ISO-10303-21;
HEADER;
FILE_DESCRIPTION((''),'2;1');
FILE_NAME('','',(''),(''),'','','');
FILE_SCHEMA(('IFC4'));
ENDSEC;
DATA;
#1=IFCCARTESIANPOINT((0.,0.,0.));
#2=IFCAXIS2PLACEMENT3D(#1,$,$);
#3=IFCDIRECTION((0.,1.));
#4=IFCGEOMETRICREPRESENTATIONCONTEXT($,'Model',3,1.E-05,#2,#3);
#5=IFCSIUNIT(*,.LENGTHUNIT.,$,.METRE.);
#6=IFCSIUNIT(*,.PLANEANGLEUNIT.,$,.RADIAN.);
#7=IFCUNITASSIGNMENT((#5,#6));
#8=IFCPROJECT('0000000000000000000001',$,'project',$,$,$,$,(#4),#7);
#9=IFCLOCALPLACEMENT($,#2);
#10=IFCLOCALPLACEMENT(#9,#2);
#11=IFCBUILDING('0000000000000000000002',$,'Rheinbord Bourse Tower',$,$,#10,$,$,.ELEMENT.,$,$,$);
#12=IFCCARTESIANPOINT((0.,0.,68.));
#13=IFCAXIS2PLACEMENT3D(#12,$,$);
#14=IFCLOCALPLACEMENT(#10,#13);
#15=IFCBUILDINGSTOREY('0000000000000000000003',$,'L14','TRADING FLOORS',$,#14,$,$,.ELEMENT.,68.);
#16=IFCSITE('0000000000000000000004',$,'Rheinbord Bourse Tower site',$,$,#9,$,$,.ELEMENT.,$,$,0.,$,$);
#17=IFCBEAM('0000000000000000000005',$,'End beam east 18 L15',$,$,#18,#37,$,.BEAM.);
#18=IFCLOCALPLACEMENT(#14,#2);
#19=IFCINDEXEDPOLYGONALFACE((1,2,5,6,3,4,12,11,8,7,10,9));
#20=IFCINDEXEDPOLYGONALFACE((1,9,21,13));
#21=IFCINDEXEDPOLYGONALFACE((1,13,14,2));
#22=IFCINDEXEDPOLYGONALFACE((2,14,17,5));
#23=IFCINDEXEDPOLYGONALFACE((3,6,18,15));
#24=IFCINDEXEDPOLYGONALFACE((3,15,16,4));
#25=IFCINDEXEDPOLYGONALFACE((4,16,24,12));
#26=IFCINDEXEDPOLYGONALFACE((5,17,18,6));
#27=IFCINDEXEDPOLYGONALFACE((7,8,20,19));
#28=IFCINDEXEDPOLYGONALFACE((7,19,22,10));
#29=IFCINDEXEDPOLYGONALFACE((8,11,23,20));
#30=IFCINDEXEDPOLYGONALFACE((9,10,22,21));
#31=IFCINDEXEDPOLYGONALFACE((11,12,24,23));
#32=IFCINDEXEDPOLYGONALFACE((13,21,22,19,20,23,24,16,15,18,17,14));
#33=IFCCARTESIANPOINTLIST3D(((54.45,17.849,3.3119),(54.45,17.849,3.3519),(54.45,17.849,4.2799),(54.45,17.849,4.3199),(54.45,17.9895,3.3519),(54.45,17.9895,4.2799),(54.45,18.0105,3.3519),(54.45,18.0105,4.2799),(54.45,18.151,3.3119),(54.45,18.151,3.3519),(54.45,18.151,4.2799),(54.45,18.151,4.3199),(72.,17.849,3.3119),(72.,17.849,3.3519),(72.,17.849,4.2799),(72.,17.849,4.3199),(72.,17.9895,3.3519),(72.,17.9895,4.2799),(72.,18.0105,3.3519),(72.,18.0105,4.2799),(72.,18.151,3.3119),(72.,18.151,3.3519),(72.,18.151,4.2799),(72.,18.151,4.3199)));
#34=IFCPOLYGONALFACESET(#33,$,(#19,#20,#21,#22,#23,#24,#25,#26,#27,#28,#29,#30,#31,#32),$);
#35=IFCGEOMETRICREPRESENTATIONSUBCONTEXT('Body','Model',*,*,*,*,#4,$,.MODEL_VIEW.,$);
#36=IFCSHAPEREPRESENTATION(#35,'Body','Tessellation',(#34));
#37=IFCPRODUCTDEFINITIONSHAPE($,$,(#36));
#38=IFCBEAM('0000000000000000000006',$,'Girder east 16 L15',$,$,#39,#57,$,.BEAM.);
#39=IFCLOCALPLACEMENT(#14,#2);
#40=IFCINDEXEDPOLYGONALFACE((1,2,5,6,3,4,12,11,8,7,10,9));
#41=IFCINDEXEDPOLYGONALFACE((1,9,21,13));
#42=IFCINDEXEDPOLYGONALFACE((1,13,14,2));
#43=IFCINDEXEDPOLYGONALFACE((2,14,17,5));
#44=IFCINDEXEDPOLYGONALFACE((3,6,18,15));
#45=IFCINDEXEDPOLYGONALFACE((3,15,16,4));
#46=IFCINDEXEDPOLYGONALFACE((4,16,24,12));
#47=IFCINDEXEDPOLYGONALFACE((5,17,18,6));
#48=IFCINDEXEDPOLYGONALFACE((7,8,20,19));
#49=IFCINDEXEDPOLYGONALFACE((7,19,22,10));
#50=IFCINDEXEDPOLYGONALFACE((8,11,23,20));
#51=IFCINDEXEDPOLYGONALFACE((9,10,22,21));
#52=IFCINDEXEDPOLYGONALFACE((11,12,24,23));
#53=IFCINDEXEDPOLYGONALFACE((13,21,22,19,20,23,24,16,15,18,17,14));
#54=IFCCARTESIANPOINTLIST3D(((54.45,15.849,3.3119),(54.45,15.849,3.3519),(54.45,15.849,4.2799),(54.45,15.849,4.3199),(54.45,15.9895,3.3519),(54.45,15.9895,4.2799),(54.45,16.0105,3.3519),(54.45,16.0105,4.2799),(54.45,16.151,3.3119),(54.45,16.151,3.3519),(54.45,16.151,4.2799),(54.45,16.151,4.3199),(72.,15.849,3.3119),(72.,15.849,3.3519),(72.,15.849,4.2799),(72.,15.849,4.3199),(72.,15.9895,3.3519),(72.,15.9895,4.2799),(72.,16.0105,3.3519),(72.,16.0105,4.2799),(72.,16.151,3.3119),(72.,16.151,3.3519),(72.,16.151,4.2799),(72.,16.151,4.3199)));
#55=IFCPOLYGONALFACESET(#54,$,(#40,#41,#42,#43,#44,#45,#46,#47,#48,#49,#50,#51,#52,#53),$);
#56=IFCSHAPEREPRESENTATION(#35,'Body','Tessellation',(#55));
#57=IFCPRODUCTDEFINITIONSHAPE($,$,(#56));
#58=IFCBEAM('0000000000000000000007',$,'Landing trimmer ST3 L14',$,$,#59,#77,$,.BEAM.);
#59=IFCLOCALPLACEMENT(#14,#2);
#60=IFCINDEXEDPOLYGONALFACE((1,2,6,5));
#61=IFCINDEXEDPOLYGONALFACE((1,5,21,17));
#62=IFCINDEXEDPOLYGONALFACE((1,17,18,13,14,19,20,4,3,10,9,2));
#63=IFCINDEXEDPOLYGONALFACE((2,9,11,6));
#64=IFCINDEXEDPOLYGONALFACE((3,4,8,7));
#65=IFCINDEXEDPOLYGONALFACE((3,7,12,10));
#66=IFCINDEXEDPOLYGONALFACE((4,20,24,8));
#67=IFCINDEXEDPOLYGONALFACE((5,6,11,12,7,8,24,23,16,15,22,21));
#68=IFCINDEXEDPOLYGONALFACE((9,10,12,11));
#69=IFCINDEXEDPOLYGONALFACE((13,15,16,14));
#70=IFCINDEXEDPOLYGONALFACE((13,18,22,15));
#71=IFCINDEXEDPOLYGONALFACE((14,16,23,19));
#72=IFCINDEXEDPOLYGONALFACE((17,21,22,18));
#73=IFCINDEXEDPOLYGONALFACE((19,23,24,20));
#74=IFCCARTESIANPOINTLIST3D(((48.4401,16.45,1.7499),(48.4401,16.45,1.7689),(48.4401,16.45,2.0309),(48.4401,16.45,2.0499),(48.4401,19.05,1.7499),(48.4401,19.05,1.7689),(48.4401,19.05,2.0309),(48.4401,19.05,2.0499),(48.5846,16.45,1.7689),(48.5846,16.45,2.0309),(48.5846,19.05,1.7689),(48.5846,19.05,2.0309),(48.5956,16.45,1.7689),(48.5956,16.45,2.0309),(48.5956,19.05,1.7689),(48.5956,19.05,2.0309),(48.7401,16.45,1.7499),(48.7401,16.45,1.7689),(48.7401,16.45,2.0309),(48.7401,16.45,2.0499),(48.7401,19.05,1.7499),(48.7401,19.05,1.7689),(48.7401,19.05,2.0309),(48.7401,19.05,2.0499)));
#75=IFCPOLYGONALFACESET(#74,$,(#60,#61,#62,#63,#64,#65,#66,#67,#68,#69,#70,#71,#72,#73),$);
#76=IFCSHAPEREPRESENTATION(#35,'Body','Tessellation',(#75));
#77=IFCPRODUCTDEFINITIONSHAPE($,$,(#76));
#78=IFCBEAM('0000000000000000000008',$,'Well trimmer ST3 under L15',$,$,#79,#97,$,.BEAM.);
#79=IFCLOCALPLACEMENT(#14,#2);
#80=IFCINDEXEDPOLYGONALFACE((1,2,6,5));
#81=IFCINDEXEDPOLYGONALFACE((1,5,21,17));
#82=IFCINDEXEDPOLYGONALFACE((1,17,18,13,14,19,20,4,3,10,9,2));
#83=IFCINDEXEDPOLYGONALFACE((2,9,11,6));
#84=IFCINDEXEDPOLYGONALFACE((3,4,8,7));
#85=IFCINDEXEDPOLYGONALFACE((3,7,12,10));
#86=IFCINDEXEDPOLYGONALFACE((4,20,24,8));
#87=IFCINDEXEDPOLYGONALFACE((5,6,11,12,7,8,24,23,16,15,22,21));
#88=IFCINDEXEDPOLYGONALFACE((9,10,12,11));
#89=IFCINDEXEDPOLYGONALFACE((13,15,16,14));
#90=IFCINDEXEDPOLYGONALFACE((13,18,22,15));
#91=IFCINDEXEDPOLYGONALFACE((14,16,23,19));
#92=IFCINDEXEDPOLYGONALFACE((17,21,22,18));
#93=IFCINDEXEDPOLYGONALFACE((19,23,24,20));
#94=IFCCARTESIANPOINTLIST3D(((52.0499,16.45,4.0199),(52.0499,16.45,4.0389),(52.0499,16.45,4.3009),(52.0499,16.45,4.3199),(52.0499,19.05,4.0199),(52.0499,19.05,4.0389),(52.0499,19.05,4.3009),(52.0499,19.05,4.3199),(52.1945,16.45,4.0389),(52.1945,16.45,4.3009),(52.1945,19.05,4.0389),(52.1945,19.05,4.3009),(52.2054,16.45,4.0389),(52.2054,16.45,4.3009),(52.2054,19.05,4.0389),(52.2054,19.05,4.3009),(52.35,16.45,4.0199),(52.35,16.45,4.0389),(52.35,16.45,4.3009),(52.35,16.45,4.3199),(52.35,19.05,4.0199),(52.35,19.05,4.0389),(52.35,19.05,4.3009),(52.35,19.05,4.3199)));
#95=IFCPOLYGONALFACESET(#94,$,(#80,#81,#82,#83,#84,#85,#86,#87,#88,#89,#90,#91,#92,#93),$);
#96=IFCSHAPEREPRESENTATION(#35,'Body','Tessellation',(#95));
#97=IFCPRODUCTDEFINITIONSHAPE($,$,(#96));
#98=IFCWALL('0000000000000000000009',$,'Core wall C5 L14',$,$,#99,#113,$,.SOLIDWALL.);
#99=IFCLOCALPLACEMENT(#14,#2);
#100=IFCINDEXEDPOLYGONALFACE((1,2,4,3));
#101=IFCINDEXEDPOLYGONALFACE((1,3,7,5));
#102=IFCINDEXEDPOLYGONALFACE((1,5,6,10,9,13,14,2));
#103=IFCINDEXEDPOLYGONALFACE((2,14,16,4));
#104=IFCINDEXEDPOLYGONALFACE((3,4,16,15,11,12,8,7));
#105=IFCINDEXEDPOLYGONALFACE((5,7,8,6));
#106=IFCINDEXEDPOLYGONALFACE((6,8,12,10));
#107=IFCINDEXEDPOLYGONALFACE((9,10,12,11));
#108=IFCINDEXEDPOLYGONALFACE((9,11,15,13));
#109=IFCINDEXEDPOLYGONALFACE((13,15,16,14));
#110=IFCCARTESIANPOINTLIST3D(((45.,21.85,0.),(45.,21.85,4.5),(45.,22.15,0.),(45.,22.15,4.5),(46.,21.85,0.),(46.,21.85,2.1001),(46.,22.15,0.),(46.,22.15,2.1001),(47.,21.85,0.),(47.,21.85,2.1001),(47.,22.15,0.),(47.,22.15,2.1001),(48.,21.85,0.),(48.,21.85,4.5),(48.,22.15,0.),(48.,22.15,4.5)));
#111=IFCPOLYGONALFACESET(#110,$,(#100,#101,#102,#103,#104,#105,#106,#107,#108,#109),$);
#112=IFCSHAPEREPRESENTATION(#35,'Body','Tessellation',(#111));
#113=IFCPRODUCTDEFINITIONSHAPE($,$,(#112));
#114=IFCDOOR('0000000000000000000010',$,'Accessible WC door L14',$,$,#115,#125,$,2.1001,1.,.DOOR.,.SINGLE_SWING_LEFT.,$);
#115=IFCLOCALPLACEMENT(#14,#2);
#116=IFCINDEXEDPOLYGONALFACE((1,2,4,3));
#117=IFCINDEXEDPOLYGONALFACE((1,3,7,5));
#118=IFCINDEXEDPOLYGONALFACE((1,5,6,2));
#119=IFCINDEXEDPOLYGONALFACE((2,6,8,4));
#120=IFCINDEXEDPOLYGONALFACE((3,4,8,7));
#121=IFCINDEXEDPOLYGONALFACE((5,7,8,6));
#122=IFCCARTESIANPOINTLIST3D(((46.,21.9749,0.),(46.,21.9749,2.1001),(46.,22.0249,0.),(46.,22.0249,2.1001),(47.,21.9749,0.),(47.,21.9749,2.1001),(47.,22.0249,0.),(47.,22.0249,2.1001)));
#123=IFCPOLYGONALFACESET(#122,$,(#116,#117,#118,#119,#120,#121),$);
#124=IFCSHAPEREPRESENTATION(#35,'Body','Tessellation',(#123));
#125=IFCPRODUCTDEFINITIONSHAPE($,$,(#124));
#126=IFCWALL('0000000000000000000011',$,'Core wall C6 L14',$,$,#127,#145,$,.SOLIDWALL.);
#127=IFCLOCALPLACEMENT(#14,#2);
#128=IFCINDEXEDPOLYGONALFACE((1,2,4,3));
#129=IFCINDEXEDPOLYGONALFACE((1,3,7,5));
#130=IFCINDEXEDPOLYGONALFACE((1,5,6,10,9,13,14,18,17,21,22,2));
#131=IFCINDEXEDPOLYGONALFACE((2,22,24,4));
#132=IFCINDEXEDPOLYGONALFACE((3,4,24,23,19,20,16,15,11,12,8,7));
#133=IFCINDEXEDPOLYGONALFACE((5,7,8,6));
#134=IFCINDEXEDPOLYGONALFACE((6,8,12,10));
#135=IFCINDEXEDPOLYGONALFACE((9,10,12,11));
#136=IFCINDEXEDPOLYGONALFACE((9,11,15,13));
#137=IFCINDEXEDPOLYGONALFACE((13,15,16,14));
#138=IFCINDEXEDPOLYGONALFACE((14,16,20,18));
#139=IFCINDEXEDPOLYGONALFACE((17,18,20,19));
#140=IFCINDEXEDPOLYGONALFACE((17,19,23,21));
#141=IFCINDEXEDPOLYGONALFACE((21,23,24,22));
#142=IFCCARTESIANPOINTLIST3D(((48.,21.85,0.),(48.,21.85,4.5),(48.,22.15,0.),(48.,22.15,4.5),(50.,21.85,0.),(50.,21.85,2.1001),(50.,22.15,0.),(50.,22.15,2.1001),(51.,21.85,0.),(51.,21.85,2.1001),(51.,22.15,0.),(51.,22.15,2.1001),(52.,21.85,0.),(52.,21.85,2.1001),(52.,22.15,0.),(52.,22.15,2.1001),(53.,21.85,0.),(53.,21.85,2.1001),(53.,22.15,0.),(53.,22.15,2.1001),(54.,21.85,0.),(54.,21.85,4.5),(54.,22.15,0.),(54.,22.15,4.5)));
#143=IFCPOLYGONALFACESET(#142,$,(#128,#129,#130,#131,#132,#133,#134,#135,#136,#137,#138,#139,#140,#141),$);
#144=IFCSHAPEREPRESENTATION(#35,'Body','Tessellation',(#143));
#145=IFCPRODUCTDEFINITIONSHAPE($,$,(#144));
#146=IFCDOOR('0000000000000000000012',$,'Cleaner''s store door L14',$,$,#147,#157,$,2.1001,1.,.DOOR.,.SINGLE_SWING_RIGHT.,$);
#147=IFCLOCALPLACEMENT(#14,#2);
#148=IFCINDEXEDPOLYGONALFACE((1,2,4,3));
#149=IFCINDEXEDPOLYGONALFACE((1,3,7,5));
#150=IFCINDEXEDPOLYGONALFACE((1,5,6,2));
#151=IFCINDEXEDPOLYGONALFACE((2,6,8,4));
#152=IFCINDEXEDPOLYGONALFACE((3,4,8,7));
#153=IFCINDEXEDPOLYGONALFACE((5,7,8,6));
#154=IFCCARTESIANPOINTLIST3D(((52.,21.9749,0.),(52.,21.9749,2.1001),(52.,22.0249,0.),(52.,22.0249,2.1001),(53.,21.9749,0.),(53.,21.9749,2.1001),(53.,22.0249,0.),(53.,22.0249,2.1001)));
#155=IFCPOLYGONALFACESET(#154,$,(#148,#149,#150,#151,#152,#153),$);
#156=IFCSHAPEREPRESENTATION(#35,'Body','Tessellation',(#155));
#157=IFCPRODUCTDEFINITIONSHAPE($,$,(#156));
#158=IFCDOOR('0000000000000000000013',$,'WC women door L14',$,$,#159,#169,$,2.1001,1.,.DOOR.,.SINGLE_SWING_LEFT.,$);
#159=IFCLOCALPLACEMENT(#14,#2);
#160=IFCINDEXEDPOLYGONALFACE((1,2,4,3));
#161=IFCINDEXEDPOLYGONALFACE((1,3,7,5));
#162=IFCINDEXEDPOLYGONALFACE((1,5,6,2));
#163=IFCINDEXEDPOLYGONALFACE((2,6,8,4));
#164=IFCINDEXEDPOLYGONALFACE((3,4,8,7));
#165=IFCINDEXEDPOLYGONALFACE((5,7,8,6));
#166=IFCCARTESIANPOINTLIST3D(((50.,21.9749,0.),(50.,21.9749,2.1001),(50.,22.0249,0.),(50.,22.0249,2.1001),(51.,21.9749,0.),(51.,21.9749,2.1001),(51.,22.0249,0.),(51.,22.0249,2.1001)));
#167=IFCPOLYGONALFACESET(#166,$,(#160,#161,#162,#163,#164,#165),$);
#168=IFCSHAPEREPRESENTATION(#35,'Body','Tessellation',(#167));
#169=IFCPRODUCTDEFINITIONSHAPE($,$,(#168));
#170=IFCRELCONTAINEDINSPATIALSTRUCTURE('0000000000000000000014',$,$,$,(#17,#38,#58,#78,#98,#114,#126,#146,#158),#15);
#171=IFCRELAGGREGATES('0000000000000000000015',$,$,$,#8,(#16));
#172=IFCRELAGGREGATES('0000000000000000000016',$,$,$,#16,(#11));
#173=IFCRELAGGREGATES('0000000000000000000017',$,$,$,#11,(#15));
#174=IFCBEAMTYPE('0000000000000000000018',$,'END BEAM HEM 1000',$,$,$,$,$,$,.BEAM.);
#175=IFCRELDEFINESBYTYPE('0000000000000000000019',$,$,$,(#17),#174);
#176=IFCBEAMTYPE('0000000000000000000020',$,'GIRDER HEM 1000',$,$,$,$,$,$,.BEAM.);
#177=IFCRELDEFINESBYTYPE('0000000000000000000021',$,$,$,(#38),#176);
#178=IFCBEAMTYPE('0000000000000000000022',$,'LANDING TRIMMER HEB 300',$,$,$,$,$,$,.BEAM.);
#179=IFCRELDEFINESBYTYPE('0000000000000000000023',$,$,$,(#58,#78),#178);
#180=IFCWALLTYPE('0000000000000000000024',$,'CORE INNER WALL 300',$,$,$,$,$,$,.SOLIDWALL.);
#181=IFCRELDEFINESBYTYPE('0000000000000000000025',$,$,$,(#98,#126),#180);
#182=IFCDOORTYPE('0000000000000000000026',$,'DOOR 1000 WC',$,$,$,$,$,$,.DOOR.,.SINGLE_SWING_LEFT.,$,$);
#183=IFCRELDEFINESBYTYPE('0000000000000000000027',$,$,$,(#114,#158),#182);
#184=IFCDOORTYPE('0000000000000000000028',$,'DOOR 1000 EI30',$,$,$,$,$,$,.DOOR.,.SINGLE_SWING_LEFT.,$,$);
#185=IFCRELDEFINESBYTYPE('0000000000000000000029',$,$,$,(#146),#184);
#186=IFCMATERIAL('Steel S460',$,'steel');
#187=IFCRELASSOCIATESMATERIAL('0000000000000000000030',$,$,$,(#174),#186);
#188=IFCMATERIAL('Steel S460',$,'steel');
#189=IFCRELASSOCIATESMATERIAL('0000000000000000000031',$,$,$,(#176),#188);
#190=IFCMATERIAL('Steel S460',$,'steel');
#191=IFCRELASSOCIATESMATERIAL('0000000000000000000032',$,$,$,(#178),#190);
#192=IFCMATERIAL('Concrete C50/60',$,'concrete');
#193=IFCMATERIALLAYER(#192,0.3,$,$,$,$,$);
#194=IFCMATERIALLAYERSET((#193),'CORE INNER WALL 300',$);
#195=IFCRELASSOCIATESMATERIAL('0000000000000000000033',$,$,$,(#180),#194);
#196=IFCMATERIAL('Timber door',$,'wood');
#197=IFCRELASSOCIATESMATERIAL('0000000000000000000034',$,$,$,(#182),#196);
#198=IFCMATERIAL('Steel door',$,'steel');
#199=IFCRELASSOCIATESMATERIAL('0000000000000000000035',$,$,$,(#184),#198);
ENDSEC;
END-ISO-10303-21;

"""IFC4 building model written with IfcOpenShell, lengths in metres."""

from ifc_helpers import new_model, si_unit, direction, frame, frame_2d, origin, origin_2d, place, context, subcontext, project, spatial, rectangle, i_section, extrude, material, layer, layer_set, material_profile, profile_set, type_object, element, fill, save


model = new_model("IFC4")

# Units and contexts
model_context = context("Model", 3, precision=1e-05, world=origin(), true_north=direction((0.0, 1.0)))
body_context = subcontext(model_context, "Body", "Model", "MODEL_VIEW")
ifc_project = project(units=[si_unit("LENGTHUNIT", "METRE"), si_unit("PLANEANGLEUNIT", "RADIAN")], contexts=[model_context])

# Site, building, storey
site_placement = place(None, origin())
site = spatial("IfcSite", under=ifc_project, at=site_placement, Name="Rheinbord Bourse Tower site", CompositionType="ELEMENT", RefElevation=0.0)
building_placement = place(site_placement, origin())
building = spatial("IfcBuilding", under=site, at=building_placement, Name="Rheinbord Bourse Tower", CompositionType="ELEMENT")
storey_placement = place(building_placement, frame((0.0, 0.0, 68.0)))
storey = spatial("IfcBuildingStorey", under=building, at=storey_placement, Name="L14", Description="TRADING FLOORS", CompositionType="ELEMENT", Elevation=68.0)

# Beams
ifc_material_1 = material(Name="Steel S460", Category="steel")
ifc_material_profile_1 = material_profile(ifc_material_1, i_section(OverallWidth=0.302, OverallDepth=1.0081, WebThickness=0.021, FlangeThickness=0.04, at=origin_2d()), Name="HEM 1000")
ifc_profile_set_1 = profile_set([ifc_material_profile_1], Name="Steel S460")
beam_type_1 = type_object("IfcBeamType", Name="END BEAM HEM 1000", PredefinedType="BEAM", material=ifc_profile_set_1)
beam_1_placement = place(storey_placement, frame((54.45, 18.0, 3.8159), z_axis=(1.0, 0.0, 0.0), x_axis=(0.0, 1.0, 0.0)))
element("IfcBeam", 1, at=beam_1_placement, inside=storey, type_object=beam_type_1, Name="End beam east 18 L15", PredefinedType="BEAM", context=body_context, shape_type="SweptSolid", body=[
    extrude(i_section(OverallWidth=0.302, OverallDepth=1.0081, WebThickness=0.021, FlangeThickness=0.04, at=origin_2d()), origin(), (0.0, 0.0, 1.0), 17.55),
])
ifc_material_2 = material(Name="Steel S460", Category="steel")
ifc_material_profile_2 = material_profile(ifc_material_2, i_section(OverallWidth=0.302, OverallDepth=1.0081, WebThickness=0.021, FlangeThickness=0.04, at=origin_2d()), Name="HEM 1000")
ifc_profile_set_2 = profile_set([ifc_material_profile_2], Name="Steel S460")
beam_type_2 = type_object("IfcBeamType", Name="GIRDER HEM 1000", PredefinedType="BEAM", material=ifc_profile_set_2)
beam_2_placement = place(storey_placement, frame((54.45, 16.0, 3.8159), z_axis=(1.0, 0.0, 0.0), x_axis=(0.0, 1.0, 0.0)))
element("IfcBeam", 2, at=beam_2_placement, inside=storey, type_object=beam_type_2, Name="Girder east 16 L15", PredefinedType="BEAM", context=body_context, shape_type="SweptSolid", body=[
    extrude(i_section(OverallWidth=0.302, OverallDepth=1.0081, WebThickness=0.021, FlangeThickness=0.04, at=origin_2d()), origin(), (0.0, 0.0, 1.0), 17.55),
])
ifc_material_3 = material(Name="Steel S460", Category="steel")
ifc_material_profile_3 = material_profile(ifc_material_3, i_section(OverallWidth=0.3, OverallDepth=0.3, WebThickness=0.011, FlangeThickness=0.019, at=origin_2d()), Name="HEB 300")
ifc_profile_set_3 = profile_set([ifc_material_profile_3], Name="Steel S460")
beam_type_3 = type_object("IfcBeamType", Name="LANDING TRIMMER HEB 300", PredefinedType="BEAM", material=ifc_profile_set_3)
for number, where, z_axis, x_axis, name in (
    (3, (48.5901, 16.45, 1.8999), (0.0, 1.0, 0.0), (-1.0, 0.0, 0.0), "Landing trimmer ST3 L14"),
    (4, (52.2, 16.45, 4.1699), (0.0, 1.0, 0.0), (-1.0, 0.0, 0.0), "Well trimmer ST3 under L15"),
):
    element("IfcBeam", number, at=place(storey_placement, frame(where, z_axis=z_axis, x_axis=x_axis)), inside=storey, type_object=beam_type_3, Name=name, PredefinedType="BEAM", context=body_context, shape_type="SweptSolid", body=[
        extrude(i_section(OverallWidth=0.3, OverallDepth=0.3, WebThickness=0.011, FlangeThickness=0.019, at=origin_2d()), origin(), (0.0, 0.0, 1.0), 2.6001),
    ])

# Wall, opening, door
ifc_material_4 = material(Name="Concrete C50/60", Category="concrete")
ifc_layer_1 = layer(ifc_material_4, 0.3)
ifc_layer_set_1 = layer_set([ifc_layer_1], Name="CORE INNER WALL 300")
wall_type_1 = type_object("IfcWallType", Name="CORE INNER WALL 300", PredefinedType="SOLIDWALL", material=ifc_layer_set_1)
wall_1_placement = place(storey_placement, frame((45.0, 22.0, 0.0), z_axis=(0.0, 0.0, 1.0), x_axis=(1.0, 0.0, 0.0)))
wall_1 = element("IfcWall", 5, at=wall_1_placement, inside=storey, type_object=wall_type_1, Name="Core wall C5 L14", PredefinedType="SOLIDWALL", context=body_context, shape_type="SweptSolid", body=[
    extrude(rectangle(XDim=3.0, YDim=0.3, at=frame_2d((1.5, 0.0))), origin(), (0.0, 0.0, 1.0), 4.5),
])
opening_1_placement = place(wall_1_placement, frame((1.0, 0.0, 0.0)))
opening_1 = element("IfcOpeningElement", 6, at=opening_1_placement, cuts=wall_1, PredefinedType="OPENING", context=body_context, shape_type="SweptSolid", body=[
    extrude(rectangle(XDim=1.0, YDim=2.1001, at=frame_2d((0.5, 1.05))), frame((0.0, 0.1599, 0.0), z_axis=(0.0, -1.0, 0.0), x_axis=(1.0, 0.0, 0.0)), (0.0, 0.0, 1.0), 0.3201),
])
ifc_material_5 = material(Name="Timber door", Category="wood")
door_type_1 = type_object("IfcDoorType", Name="DOOR 1000 WC", OperationType="SINGLE_SWING_LEFT", PredefinedType="DOOR", material=ifc_material_5)
door_1_placement = place(opening_1_placement, origin())
door_1 = element("IfcDoor", 7, at=door_1_placement, inside=storey, type_object=door_type_1, Name="Accessible WC door L14", OperationType="SINGLE_SWING_LEFT", OverallHeight=2.1001, OverallWidth=1.0, PredefinedType="DOOR", context=body_context, shape_type="SweptSolid", body=[
    extrude(rectangle(XDim=1.0, YDim=2.1001, at=frame_2d((0.5, 1.05))), frame((0.0, 0.0249, 0.0), z_axis=(0.0, -1.0, 0.0), x_axis=(1.0, 0.0, 0.0)), (0.0, 0.0, 1.0), 0.05),
])
fill(opening_1, door_1)

# Wall, openings, doors
wall_2_placement = place(storey_placement, frame((48.0, 22.0, 0.0), z_axis=(0.0, 0.0, 1.0), x_axis=(1.0, 0.0, 0.0)))
wall_2 = element("IfcWall", 8, at=wall_2_placement, inside=storey, type_object=wall_type_1, Name="Core wall C6 L14", PredefinedType="SOLIDWALL", context=body_context, shape_type="SweptSolid", body=[
    extrude(rectangle(XDim=6.0, YDim=0.3, at=frame_2d((3.0, 0.0))), origin(), (0.0, 0.0, 1.0), 4.5),
])
opening_2_placement = place(wall_2_placement, frame((2.0, 0.0, 0.0)))
opening_2 = element("IfcOpeningElement", 9, at=opening_2_placement, cuts=wall_2, PredefinedType="OPENING", context=body_context, shape_type="SweptSolid", body=[
    extrude(rectangle(XDim=1.0, YDim=2.1001, at=frame_2d((0.5, 1.05))), frame((0.0, 0.1599, 0.0), z_axis=(0.0, -1.0, 0.0), x_axis=(1.0, 0.0, 0.0)), (0.0, 0.0, 1.0), 0.3201),
])
opening_3_placement = place(wall_2_placement, frame((4.0, 0.0, 0.0)))
opening_3 = element("IfcOpeningElement", 10, at=opening_3_placement, cuts=wall_2, PredefinedType="OPENING", context=body_context, shape_type="SweptSolid", body=[
    extrude(rectangle(XDim=1.0, YDim=2.1001, at=frame_2d((0.5, 1.05))), frame((0.0, 0.1599, 0.0), z_axis=(0.0, -1.0, 0.0), x_axis=(1.0, 0.0, 0.0)), (0.0, 0.0, 1.0), 0.3201),
])
ifc_material_6 = material(Name="Steel door", Category="steel")
door_type_2 = type_object("IfcDoorType", Name="DOOR 1000 EI30", OperationType="SINGLE_SWING_LEFT", PredefinedType="DOOR", material=ifc_material_6)
door_2_placement = place(opening_3_placement, origin())
door_2 = element("IfcDoor", 11, at=door_2_placement, inside=storey, type_object=door_type_2, Name="Cleaner's store door L14", OperationType="SINGLE_SWING_RIGHT", OverallHeight=2.1001, OverallWidth=1.0, PredefinedType="DOOR", context=body_context, shape_type="SweptSolid", body=[
    extrude(rectangle(XDim=1.0, YDim=2.1001, at=frame_2d((0.5, 1.05))), frame((0.0, 0.0249, 0.0), z_axis=(0.0, -1.0, 0.0), x_axis=(1.0, 0.0, 0.0)), (0.0, 0.0, 1.0), 0.05),
])
fill(opening_3, door_2)
door_3_placement = place(opening_2_placement, origin())
door_3 = element("IfcDoor", 12, at=door_3_placement, inside=storey, type_object=door_type_1, Name="WC women door L14", OperationType="SINGLE_SWING_LEFT", OverallHeight=2.1001, OverallWidth=1.0, PredefinedType="DOOR", context=body_context, shape_type="SweptSolid", body=[
    extrude(rectangle(XDim=1.0, YDim=2.1001, at=frame_2d((0.5, 1.05))), frame((0.0, 0.0249, 0.0), z_axis=(0.0, -1.0, 0.0), x_axis=(1.0, 0.0, 0.0)), (0.0, 0.0, 1.0), 0.05),
])
fill(opening_2, door_3)

save(model, "model.ifc")
